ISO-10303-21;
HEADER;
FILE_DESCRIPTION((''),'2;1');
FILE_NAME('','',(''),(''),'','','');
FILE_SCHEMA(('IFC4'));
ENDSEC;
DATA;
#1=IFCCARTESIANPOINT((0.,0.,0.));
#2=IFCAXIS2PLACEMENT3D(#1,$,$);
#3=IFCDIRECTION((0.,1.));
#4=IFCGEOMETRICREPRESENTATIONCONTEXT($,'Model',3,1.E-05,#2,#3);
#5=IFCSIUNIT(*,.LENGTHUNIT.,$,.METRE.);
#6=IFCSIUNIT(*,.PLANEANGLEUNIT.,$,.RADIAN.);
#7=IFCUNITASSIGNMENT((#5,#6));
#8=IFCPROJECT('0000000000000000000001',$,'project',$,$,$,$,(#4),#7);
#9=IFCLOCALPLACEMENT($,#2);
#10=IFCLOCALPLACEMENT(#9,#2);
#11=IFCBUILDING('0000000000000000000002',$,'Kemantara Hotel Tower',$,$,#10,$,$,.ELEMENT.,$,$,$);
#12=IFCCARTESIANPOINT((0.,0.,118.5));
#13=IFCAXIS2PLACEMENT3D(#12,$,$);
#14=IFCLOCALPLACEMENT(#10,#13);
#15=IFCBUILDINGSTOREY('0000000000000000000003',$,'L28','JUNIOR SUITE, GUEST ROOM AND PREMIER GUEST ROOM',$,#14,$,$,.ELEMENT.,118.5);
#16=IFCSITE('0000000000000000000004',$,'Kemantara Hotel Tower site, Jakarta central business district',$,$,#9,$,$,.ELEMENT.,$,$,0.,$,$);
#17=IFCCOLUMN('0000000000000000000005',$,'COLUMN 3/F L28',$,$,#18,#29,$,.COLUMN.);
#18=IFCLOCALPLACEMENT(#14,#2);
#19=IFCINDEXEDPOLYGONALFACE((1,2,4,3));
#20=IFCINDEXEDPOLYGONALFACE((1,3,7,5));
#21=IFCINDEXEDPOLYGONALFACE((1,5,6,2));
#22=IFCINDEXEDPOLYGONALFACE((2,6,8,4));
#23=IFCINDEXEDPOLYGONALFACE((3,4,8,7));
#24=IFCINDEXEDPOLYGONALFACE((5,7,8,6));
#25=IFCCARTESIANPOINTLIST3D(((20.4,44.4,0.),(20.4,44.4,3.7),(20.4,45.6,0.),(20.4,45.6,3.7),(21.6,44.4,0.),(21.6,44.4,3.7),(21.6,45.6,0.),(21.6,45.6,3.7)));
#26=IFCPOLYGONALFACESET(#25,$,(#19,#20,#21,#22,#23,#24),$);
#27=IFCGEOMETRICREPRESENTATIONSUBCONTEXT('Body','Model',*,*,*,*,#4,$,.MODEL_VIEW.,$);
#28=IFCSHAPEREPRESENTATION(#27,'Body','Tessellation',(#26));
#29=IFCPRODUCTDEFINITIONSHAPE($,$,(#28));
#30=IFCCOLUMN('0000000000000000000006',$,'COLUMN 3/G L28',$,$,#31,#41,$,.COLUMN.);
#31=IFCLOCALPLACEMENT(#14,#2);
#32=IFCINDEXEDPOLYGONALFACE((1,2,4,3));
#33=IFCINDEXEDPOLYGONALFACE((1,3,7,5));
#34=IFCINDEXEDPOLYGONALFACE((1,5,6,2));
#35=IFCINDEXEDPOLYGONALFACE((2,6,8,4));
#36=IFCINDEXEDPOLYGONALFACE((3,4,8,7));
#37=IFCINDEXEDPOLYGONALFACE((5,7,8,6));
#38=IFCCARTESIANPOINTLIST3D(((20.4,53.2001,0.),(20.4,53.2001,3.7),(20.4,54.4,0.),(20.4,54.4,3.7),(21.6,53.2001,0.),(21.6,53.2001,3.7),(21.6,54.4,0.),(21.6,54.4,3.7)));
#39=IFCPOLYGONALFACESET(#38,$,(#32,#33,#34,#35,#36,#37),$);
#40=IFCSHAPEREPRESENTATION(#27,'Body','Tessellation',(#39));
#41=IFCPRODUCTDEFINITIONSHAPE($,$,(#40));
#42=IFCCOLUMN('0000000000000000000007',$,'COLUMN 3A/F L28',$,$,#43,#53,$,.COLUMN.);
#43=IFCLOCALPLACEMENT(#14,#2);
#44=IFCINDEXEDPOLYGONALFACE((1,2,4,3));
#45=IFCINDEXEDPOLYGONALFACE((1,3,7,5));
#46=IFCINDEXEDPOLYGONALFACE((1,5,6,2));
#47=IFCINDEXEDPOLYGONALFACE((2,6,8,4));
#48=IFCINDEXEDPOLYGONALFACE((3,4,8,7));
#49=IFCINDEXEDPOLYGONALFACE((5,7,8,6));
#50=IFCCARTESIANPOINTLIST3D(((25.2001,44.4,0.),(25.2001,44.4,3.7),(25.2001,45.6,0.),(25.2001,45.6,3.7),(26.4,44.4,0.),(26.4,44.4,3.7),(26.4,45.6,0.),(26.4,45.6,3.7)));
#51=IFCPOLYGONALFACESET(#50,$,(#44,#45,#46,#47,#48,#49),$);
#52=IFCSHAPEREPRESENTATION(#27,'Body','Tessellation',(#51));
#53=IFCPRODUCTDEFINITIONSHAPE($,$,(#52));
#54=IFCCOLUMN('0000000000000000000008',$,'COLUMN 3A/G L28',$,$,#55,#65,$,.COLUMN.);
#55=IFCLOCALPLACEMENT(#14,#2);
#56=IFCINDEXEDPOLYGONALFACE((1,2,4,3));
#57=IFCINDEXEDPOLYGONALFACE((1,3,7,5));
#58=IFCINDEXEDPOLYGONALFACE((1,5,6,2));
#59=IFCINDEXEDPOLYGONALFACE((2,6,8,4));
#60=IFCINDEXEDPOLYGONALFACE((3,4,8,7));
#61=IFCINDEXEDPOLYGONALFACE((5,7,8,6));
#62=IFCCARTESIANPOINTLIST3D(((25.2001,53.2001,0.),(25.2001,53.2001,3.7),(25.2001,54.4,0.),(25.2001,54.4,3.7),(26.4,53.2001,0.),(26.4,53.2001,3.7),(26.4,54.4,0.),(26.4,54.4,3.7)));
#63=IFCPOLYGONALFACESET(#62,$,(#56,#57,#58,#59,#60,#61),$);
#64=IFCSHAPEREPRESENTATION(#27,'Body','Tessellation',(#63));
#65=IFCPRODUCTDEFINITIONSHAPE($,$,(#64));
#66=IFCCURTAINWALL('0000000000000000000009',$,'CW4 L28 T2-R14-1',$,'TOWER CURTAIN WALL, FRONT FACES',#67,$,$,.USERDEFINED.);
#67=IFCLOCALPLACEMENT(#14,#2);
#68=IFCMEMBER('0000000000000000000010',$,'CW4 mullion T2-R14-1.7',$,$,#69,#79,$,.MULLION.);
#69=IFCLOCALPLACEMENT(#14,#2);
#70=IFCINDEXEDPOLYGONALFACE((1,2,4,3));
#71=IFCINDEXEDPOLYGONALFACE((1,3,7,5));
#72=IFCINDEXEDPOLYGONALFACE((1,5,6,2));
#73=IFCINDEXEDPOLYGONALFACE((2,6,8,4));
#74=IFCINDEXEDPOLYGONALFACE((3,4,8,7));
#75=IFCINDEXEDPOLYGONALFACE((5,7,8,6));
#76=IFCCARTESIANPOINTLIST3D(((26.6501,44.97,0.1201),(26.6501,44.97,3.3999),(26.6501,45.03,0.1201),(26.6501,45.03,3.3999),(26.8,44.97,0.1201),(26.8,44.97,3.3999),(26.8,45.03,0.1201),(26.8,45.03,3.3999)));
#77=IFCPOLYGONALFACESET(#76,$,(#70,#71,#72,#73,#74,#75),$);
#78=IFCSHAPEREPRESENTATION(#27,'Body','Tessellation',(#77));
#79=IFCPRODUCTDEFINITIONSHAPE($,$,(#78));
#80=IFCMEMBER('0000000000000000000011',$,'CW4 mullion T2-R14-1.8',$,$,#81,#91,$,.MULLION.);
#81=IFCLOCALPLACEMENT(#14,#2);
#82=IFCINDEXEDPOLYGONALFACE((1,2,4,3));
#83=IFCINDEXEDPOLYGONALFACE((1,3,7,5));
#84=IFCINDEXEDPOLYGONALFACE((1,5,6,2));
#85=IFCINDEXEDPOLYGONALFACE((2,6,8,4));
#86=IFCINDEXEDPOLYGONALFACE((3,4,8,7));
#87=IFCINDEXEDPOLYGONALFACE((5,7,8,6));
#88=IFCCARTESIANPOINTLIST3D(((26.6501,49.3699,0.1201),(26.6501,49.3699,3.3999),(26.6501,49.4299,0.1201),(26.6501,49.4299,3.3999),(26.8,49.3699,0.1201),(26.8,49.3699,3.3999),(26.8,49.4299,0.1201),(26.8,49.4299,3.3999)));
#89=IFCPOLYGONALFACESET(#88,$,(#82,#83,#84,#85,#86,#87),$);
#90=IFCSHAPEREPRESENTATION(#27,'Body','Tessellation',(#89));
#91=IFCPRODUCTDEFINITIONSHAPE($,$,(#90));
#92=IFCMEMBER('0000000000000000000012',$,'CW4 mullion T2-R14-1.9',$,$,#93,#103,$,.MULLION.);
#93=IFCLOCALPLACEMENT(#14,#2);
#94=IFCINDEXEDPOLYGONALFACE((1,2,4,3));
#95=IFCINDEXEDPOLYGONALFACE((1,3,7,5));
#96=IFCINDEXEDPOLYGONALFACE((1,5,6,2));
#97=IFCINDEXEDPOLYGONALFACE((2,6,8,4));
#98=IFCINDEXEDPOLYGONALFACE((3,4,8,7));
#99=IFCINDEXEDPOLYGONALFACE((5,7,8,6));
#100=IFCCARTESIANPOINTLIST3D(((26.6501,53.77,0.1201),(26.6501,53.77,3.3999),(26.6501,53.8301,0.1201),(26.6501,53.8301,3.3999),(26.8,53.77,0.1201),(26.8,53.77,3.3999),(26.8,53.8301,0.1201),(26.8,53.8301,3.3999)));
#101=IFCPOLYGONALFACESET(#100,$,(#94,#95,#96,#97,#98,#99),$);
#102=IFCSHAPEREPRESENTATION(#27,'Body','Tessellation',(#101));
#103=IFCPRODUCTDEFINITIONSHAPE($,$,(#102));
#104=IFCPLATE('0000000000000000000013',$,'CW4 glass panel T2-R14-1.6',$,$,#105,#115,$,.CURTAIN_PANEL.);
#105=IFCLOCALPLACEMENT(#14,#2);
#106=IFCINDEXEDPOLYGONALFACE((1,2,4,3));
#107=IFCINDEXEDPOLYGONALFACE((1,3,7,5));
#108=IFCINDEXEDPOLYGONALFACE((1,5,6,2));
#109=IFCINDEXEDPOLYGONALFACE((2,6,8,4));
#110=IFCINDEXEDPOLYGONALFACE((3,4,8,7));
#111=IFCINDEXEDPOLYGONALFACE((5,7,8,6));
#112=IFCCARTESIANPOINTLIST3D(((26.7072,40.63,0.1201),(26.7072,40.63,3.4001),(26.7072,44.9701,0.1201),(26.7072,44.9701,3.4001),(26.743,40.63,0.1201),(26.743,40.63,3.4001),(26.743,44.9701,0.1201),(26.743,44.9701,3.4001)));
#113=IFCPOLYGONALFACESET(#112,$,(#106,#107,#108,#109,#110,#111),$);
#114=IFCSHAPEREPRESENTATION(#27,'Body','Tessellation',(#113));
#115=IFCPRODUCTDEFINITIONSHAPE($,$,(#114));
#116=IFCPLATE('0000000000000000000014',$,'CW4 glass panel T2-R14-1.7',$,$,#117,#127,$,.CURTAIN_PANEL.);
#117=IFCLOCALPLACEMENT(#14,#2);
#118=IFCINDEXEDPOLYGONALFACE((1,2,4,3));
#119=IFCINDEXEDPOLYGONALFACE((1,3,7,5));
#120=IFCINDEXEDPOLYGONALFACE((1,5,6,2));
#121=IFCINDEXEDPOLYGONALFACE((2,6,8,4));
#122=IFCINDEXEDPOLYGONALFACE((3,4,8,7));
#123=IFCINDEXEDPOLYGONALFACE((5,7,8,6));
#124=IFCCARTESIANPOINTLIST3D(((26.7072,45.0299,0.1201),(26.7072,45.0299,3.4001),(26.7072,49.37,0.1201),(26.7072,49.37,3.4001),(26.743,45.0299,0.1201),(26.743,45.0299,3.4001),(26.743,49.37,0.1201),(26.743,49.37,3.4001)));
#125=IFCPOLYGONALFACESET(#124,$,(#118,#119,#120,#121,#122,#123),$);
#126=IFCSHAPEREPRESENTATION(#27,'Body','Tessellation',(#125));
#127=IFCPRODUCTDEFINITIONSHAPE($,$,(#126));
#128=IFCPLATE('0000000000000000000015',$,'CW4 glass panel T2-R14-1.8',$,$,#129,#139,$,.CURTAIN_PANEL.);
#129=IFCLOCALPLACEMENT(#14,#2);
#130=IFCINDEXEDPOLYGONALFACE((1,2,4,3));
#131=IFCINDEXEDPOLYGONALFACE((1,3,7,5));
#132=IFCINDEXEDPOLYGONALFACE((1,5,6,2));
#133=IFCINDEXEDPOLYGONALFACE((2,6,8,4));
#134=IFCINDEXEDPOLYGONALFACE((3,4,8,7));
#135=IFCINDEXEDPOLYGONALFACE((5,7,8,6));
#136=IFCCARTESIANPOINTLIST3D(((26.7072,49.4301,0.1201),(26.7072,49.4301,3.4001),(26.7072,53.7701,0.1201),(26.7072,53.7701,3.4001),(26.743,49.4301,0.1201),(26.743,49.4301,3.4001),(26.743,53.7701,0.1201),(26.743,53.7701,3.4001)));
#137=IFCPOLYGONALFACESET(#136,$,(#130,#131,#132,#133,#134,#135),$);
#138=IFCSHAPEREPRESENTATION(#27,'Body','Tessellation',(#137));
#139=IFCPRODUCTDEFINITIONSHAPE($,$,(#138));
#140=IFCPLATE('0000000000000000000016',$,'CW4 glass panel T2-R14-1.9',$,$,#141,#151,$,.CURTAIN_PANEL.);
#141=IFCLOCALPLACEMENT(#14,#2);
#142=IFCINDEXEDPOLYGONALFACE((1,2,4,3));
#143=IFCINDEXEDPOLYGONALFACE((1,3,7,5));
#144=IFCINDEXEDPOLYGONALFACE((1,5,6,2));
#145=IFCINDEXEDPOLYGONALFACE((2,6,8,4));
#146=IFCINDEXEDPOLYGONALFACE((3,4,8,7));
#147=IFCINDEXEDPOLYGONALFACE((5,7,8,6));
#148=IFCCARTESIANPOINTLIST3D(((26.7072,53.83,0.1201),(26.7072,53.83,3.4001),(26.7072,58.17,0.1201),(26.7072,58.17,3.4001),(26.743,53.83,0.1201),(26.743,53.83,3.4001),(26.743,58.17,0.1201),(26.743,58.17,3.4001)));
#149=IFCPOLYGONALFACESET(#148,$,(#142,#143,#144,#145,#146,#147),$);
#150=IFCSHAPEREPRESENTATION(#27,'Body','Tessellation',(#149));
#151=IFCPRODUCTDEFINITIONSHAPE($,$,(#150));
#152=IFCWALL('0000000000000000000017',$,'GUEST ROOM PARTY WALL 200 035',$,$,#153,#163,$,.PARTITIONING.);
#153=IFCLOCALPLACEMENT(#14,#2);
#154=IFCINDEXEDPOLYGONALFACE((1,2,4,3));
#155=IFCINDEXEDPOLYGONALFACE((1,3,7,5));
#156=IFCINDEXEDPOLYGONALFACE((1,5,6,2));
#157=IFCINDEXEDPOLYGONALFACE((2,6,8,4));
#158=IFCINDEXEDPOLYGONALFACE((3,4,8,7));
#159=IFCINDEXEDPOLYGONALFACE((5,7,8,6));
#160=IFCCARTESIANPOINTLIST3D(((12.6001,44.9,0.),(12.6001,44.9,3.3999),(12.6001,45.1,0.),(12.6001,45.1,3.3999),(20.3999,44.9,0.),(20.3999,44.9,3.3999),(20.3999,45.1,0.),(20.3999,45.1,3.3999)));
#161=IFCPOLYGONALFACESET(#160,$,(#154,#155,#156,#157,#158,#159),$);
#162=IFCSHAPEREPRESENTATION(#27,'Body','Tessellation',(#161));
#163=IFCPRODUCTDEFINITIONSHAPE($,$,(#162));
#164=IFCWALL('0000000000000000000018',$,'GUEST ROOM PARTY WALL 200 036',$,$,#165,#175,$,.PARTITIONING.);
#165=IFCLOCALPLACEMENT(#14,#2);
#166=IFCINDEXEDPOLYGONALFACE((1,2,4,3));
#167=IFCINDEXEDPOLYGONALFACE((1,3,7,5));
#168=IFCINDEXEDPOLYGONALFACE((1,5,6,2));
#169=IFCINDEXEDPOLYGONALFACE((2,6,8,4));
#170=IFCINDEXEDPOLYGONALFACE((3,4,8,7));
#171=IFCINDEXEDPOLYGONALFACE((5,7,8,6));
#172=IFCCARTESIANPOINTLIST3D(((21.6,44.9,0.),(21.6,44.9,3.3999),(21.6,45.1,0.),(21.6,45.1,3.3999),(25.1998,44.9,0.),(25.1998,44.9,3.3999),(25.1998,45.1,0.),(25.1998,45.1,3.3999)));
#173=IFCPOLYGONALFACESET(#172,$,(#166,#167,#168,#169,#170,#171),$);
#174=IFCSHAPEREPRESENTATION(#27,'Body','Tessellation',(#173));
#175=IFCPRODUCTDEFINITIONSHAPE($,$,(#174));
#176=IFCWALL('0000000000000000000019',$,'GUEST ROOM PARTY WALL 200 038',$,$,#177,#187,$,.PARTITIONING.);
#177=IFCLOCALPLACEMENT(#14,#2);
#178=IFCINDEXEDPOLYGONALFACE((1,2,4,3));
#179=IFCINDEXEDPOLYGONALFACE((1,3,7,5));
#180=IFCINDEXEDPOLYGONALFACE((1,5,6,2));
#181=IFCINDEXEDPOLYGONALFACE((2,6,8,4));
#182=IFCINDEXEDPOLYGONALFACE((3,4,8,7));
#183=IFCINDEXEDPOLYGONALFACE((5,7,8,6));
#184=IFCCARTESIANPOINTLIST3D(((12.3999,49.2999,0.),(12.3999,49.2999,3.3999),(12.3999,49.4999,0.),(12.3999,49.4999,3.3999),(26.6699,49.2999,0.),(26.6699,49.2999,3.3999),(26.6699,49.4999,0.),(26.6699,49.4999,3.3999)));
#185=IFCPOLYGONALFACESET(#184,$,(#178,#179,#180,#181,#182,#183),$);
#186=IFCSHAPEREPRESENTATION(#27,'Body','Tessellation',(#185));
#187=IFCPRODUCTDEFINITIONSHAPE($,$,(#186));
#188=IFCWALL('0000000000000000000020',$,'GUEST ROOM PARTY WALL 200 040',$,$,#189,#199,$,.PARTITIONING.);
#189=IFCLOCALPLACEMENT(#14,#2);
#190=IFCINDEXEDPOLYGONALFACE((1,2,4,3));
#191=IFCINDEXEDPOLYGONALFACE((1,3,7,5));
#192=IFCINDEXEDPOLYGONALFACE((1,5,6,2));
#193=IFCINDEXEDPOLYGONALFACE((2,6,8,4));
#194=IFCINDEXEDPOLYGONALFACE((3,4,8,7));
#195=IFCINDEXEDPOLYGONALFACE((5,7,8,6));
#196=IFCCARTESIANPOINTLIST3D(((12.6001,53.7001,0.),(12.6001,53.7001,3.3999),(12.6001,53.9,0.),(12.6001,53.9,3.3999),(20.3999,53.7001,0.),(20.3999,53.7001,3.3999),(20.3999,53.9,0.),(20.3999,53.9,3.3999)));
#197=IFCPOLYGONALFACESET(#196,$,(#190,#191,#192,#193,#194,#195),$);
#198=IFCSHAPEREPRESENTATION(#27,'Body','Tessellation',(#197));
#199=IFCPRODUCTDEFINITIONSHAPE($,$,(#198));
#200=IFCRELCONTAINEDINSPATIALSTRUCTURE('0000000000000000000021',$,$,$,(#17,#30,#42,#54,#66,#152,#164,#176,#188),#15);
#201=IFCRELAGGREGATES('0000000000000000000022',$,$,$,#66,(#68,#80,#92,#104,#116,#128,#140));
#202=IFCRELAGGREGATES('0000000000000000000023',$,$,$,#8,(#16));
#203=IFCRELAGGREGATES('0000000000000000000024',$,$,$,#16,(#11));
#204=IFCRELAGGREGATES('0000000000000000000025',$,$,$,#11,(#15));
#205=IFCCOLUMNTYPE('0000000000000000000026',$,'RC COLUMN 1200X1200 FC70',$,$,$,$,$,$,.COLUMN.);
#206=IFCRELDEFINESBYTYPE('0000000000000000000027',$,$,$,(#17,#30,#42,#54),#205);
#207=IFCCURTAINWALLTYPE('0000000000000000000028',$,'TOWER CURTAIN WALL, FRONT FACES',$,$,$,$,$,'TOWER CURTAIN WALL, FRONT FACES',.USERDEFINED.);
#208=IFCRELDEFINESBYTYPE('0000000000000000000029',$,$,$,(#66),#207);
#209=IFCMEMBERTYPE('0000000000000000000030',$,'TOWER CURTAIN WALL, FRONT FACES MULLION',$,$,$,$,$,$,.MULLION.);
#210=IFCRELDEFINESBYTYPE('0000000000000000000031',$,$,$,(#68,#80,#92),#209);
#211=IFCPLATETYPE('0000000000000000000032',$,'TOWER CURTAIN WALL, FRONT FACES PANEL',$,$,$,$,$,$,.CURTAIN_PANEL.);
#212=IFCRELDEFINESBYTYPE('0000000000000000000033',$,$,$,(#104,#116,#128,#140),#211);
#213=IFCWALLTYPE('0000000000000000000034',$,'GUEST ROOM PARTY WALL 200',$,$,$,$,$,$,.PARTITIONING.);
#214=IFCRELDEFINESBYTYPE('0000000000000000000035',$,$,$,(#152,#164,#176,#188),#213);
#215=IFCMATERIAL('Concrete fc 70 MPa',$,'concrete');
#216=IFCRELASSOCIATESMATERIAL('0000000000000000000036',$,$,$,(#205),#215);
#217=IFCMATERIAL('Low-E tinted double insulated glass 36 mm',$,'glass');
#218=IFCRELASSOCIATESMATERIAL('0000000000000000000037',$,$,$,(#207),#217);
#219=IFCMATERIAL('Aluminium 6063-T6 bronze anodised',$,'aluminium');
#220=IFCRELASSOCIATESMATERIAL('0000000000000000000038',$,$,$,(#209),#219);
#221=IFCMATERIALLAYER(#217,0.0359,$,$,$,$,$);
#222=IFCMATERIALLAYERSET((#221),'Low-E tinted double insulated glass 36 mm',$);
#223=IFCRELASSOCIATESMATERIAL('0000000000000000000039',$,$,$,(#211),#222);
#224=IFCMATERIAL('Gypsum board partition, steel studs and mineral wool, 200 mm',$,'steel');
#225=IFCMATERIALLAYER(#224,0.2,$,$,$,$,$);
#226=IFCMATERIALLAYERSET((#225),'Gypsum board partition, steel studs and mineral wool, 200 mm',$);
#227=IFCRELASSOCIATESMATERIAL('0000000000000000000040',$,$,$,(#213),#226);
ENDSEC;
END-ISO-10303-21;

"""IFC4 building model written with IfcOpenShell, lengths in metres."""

from ifc_helpers import new_model, si_unit, direction, frame, frame_2d, origin, origin_2d, place, context, subcontext, project, spatial, rectangle, extrude, source, transform, mapped, material, layer, layer_set, material_profile, profile_set, type_object, element, aggregate, save


model = new_model("IFC4")

# Units and contexts
model_context = context("Model", 3, precision=1e-05, world=origin(), true_north=direction((0.0, 1.0)))
body_context = subcontext(model_context, "Body", "Model", "MODEL_VIEW")
ifc_project = project(units=[si_unit("LENGTHUNIT", "METRE"), si_unit("PLANEANGLEUNIT", "RADIAN")], contexts=[model_context])

# Site, building, storey
site_placement = place(None, origin())
site = spatial("IfcSite", under=ifc_project, at=site_placement, Name="Kemantara Hotel Tower site, Jakarta central business district", CompositionType="ELEMENT", RefElevation=0.0)
building_placement = place(site_placement, origin())
building = spatial("IfcBuilding", under=site, at=building_placement, Name="Kemantara Hotel Tower", CompositionType="ELEMENT")
storey_placement = place(building_placement, frame((0.0, 0.0, 118.5)))
storey = spatial("IfcBuildingStorey", under=building, at=storey_placement, Name="L28", Description="JUNIOR SUITE, GUEST ROOM AND PREMIER GUEST ROOM", CompositionType="ELEMENT", Elevation=118.5)

# Columns
ifc_material_1 = material(Name="Concrete fc 70 MPa", Category="concrete")
ifc_material_profile_1 = material_profile(ifc_material_1, rectangle(XDim=1.2, YDim=1.2, at=origin_2d()), Name="RC 1200X1200")
ifc_profile_set_1 = profile_set([ifc_material_profile_1], Name="Concrete fc 70 MPa")
column_type = type_object("IfcColumnType", Name="RC COLUMN 1200X1200 FC70", PredefinedType="COLUMN", material=ifc_profile_set_1)
for number, where, z_axis, x_axis, name in (
    (1, (21.0, 45.0, 0.0), (0.0, 0.0, 1.0), (1.0, 0.0, 0.0), "COLUMN 3/F L28"),
    (2, (21.0, 53.8, 0.0), (0.0, 0.0, 1.0), (1.0, 0.0, 0.0), "COLUMN 3/G L28"),
    (3, (25.8, 45.0, 0.0), (0.0, 0.0, 1.0), (1.0, 0.0, 0.0), "COLUMN 3A/F L28"),
    (4, (25.8, 53.8, 0.0), (0.0, 0.0, 1.0), (1.0, 0.0, 0.0), "COLUMN 3A/G L28"),
):
    element("IfcColumn", number, at=place(storey_placement, frame(where, z_axis=z_axis, x_axis=x_axis)), inside=storey, type_object=column_type, Name=name, PredefinedType="COLUMN", context=body_context, shape_type="SweptSolid", body=[
        extrude(rectangle(XDim=1.2, YDim=1.2, at=origin_2d()), origin(), (0.0, 0.0, 1.0), 3.7),
    ])

# Curtain wall, members, plates
ifc_material_2 = material(Name="Low-E tinted double insulated glass 36 mm", Category="glass")
curtain_wall_type = type_object("IfcCurtainWallType", Name="TOWER CURTAIN WALL, FRONT FACES", ElementType="TOWER CURTAIN WALL, FRONT FACES", PredefinedType="USERDEFINED", material=ifc_material_2)
curtain_wall_placement = place(storey_placement, origin())
curtain_wall = element("IfcCurtainWall", 5, at=curtain_wall_placement, inside=storey, type_object=curtain_wall_type, Name="CW4 L28 T2-R14-1", ObjectType="TOWER CURTAIN WALL, FRONT FACES", PredefinedType="USERDEFINED")
ifc_material_3 = material(Name="Aluminium 6063-T6 bronze anodised", Category="aluminium")
ifc_material_profile_2 = material_profile(ifc_material_3, rectangle(XDim=0.1499, YDim=0.0601, at=origin_2d()), Name="TOWER CURTAIN WALL, FRONT FACES MULLION")
ifc_profile_set_2 = profile_set([ifc_material_profile_2], Name="Aluminium 6063-T6 bronze anodised")
member_type = type_object("IfcMemberType", Name="TOWER CURTAIN WALL, FRONT FACES MULLION", PredefinedType="MULLION", material=ifc_profile_set_2)
shared_shape_1 = source(origin(), body_context, "Body", "SweptSolid", [
    extrude(rectangle(XDim=0.1499, YDim=0.0601, at=origin_2d()), origin(), (0.0, 0.0, 1.0), 3.2798),
])
member_1_placement = place(storey_placement, frame((26.7251, 45.0, 0.1201), z_axis=(0.0, 0.0, 1.0), x_axis=(-1.0, 0.0, 0.0)))
member_1 = element("IfcMember", 6, at=member_1_placement, type_object=member_type, Name="CW4 mullion T2-R14-1.7", PredefinedType="MULLION", context=body_context, shape_type="MappedRepresentation", body=[
    mapped(shared_shape_1, transform((0.0, 0.0, 0.0))),
])
member_2_placement = place(storey_placement, frame((26.7251, 49.3999, 0.1201), z_axis=(0.0, 0.0, 1.0), x_axis=(-1.0, 0.0, 0.0)))
member_2 = element("IfcMember", 7, at=member_2_placement, type_object=member_type, Name="CW4 mullion T2-R14-1.8", PredefinedType="MULLION", context=body_context, shape_type="MappedRepresentation", body=[
    mapped(shared_shape_1, transform((0.0, 0.0, 0.0))),
])
member_3_placement = place(storey_placement, frame((26.7251, 53.8, 0.1201), z_axis=(0.0, 0.0, 1.0), x_axis=(-1.0, 0.0, 0.0)))
member_3 = element("IfcMember", 8, at=member_3_placement, type_object=member_type, Name="CW4 mullion T2-R14-1.9", PredefinedType="MULLION", context=body_context, shape_type="MappedRepresentation", body=[
    mapped(shared_shape_1, transform((0.0, 0.0, 0.0))),
])
ifc_layer_1 = layer(ifc_material_2, 0.0359)
ifc_layer_set_1 = layer_set([ifc_layer_1], Name="Low-E tinted double insulated glass 36 mm")
plate_type = type_object("IfcPlateType", Name="TOWER CURTAIN WALL, FRONT FACES PANEL", PredefinedType="CURTAIN_PANEL", material=ifc_layer_set_1)
shared_shape_2 = source(origin(), body_context, "Body", "SweptSolid", [
    extrude(rectangle(XDim=4.3401, YDim=0.0359, at=origin_2d()), origin(), (0.0, 0.0, 1.0), 3.28),
])
plate_1_placement = place(storey_placement, frame((26.7251, 42.8, 0.1201), z_axis=(0.0, 0.0, 1.0), x_axis=(0.0, 1.0, 0.0)))
plate_1 = element("IfcPlate", 9, at=plate_1_placement, type_object=plate_type, Name="CW4 glass panel T2-R14-1.6", PredefinedType="CURTAIN_PANEL", context=body_context, shape_type="MappedRepresentation", body=[
    mapped(shared_shape_2, transform((0.0, 0.0, 0.0))),
])
plate_2_placement = place(storey_placement, frame((26.7251, 47.2, 0.1201), z_axis=(0.0, 0.0, 1.0), x_axis=(0.0, 1.0, 0.0)))
plate_2 = element("IfcPlate", 10, at=plate_2_placement, type_object=plate_type, Name="CW4 glass panel T2-R14-1.7", PredefinedType="CURTAIN_PANEL", context=body_context, shape_type="MappedRepresentation", body=[
    mapped(shared_shape_2, transform((0.0, 0.0, 0.0))),
])
plate_3_placement = place(storey_placement, frame((26.7251, 51.6001, 0.1201), z_axis=(0.0, 0.0, 1.0), x_axis=(0.0, 1.0, 0.0)))
plate_3 = element("IfcPlate", 11, at=plate_3_placement, type_object=plate_type, Name="CW4 glass panel T2-R14-1.8", PredefinedType="CURTAIN_PANEL", context=body_context, shape_type="MappedRepresentation", body=[
    mapped(shared_shape_2, transform((0.0, 0.0, 0.0))),
])
plate_4_placement = place(storey_placement, frame((26.7251, 56.0, 0.1201), z_axis=(0.0, 0.0, 1.0), x_axis=(0.0, 1.0, 0.0)))
plate_4 = element("IfcPlate", 12, at=plate_4_placement, type_object=plate_type, Name="CW4 glass panel T2-R14-1.9", PredefinedType="CURTAIN_PANEL", context=body_context, shape_type="MappedRepresentation", body=[
    mapped(shared_shape_2, transform((0.0, 0.0, 0.0))),
])
aggregate(curtain_wall, [member_1, member_2, member_3, plate_1, plate_2, plate_3, plate_4])

# Walls
ifc_material_4 = material(Name="Gypsum board partition, steel studs and mineral wool, 200 mm", Category="steel")
ifc_layer_2 = layer(ifc_material_4, 0.2)
ifc_layer_set_2 = layer_set([ifc_layer_2], Name="Gypsum board partition, steel studs and mineral wool, 200 mm")
wall_type_1 = type_object("IfcWallType", Name="GUEST ROOM PARTY WALL 200", PredefinedType="PARTITIONING", material=ifc_layer_set_2)
wall_1_placement = place(storey_placement, frame((12.6001, 45.0, 0.0), z_axis=(0.0, 0.0, 1.0), x_axis=(1.0, 0.0, 0.0)))
element("IfcWall", 13, at=wall_1_placement, inside=storey, type_object=wall_type_1, Name="GUEST ROOM PARTY WALL 200 035", PredefinedType="PARTITIONING", context=body_context, shape_type="SweptSolid", body=[
    extrude(rectangle(XDim=7.7998, YDim=0.2, at=frame_2d((3.8999, 0.0))), origin(), (0.0, 0.0, 1.0), 3.3999),
])
wall_2_placement = place(storey_placement, frame((21.6001, 45.0, 0.0), z_axis=(0.0, 0.0, 1.0), x_axis=(1.0, 0.0, 0.0)))
element("IfcWall", 14, at=wall_2_placement, inside=storey, type_object=wall_type_1, Name="GUEST ROOM PARTY WALL 200 036", PredefinedType="PARTITIONING", context=body_context, shape_type="SweptSolid", body=[
    extrude(rectangle(XDim=3.5999, YDim=0.2, at=frame_2d((1.7998, 0.0))), origin(), (0.0, 0.0, 1.0), 3.3999),
])
wall_3_placement = place(storey_placement, frame((12.3999, 49.3999, 0.0), z_axis=(0.0, 0.0, 1.0), x_axis=(1.0, 0.0, 0.0)))
element("IfcWall", 15, at=wall_3_placement, inside=storey, type_object=wall_type_1, Name="GUEST ROOM PARTY WALL 200 038", PredefinedType="PARTITIONING", context=body_context, shape_type="SweptSolid", body=[
    extrude(rectangle(XDim=14.27, YDim=0.2, at=frame_2d((7.135, 0.0))), origin(), (0.0, 0.0, 1.0), 3.3999),
])
wall_4_placement = place(storey_placement, frame((12.6001, 53.8, 0.0), z_axis=(0.0, 0.0, 1.0), x_axis=(1.0, 0.0, 0.0)))
element("IfcWall", 16, at=wall_4_placement, inside=storey, type_object=wall_type_1, Name="GUEST ROOM PARTY WALL 200 040", PredefinedType="PARTITIONING", context=body_context, shape_type="SweptSolid", body=[
    extrude(rectangle(XDim=7.7998, YDim=0.2, at=frame_2d((3.8999, 0.0))), origin(), (0.0, 0.0, 1.0), 3.3999),
])

save(model, "model.ifc")
